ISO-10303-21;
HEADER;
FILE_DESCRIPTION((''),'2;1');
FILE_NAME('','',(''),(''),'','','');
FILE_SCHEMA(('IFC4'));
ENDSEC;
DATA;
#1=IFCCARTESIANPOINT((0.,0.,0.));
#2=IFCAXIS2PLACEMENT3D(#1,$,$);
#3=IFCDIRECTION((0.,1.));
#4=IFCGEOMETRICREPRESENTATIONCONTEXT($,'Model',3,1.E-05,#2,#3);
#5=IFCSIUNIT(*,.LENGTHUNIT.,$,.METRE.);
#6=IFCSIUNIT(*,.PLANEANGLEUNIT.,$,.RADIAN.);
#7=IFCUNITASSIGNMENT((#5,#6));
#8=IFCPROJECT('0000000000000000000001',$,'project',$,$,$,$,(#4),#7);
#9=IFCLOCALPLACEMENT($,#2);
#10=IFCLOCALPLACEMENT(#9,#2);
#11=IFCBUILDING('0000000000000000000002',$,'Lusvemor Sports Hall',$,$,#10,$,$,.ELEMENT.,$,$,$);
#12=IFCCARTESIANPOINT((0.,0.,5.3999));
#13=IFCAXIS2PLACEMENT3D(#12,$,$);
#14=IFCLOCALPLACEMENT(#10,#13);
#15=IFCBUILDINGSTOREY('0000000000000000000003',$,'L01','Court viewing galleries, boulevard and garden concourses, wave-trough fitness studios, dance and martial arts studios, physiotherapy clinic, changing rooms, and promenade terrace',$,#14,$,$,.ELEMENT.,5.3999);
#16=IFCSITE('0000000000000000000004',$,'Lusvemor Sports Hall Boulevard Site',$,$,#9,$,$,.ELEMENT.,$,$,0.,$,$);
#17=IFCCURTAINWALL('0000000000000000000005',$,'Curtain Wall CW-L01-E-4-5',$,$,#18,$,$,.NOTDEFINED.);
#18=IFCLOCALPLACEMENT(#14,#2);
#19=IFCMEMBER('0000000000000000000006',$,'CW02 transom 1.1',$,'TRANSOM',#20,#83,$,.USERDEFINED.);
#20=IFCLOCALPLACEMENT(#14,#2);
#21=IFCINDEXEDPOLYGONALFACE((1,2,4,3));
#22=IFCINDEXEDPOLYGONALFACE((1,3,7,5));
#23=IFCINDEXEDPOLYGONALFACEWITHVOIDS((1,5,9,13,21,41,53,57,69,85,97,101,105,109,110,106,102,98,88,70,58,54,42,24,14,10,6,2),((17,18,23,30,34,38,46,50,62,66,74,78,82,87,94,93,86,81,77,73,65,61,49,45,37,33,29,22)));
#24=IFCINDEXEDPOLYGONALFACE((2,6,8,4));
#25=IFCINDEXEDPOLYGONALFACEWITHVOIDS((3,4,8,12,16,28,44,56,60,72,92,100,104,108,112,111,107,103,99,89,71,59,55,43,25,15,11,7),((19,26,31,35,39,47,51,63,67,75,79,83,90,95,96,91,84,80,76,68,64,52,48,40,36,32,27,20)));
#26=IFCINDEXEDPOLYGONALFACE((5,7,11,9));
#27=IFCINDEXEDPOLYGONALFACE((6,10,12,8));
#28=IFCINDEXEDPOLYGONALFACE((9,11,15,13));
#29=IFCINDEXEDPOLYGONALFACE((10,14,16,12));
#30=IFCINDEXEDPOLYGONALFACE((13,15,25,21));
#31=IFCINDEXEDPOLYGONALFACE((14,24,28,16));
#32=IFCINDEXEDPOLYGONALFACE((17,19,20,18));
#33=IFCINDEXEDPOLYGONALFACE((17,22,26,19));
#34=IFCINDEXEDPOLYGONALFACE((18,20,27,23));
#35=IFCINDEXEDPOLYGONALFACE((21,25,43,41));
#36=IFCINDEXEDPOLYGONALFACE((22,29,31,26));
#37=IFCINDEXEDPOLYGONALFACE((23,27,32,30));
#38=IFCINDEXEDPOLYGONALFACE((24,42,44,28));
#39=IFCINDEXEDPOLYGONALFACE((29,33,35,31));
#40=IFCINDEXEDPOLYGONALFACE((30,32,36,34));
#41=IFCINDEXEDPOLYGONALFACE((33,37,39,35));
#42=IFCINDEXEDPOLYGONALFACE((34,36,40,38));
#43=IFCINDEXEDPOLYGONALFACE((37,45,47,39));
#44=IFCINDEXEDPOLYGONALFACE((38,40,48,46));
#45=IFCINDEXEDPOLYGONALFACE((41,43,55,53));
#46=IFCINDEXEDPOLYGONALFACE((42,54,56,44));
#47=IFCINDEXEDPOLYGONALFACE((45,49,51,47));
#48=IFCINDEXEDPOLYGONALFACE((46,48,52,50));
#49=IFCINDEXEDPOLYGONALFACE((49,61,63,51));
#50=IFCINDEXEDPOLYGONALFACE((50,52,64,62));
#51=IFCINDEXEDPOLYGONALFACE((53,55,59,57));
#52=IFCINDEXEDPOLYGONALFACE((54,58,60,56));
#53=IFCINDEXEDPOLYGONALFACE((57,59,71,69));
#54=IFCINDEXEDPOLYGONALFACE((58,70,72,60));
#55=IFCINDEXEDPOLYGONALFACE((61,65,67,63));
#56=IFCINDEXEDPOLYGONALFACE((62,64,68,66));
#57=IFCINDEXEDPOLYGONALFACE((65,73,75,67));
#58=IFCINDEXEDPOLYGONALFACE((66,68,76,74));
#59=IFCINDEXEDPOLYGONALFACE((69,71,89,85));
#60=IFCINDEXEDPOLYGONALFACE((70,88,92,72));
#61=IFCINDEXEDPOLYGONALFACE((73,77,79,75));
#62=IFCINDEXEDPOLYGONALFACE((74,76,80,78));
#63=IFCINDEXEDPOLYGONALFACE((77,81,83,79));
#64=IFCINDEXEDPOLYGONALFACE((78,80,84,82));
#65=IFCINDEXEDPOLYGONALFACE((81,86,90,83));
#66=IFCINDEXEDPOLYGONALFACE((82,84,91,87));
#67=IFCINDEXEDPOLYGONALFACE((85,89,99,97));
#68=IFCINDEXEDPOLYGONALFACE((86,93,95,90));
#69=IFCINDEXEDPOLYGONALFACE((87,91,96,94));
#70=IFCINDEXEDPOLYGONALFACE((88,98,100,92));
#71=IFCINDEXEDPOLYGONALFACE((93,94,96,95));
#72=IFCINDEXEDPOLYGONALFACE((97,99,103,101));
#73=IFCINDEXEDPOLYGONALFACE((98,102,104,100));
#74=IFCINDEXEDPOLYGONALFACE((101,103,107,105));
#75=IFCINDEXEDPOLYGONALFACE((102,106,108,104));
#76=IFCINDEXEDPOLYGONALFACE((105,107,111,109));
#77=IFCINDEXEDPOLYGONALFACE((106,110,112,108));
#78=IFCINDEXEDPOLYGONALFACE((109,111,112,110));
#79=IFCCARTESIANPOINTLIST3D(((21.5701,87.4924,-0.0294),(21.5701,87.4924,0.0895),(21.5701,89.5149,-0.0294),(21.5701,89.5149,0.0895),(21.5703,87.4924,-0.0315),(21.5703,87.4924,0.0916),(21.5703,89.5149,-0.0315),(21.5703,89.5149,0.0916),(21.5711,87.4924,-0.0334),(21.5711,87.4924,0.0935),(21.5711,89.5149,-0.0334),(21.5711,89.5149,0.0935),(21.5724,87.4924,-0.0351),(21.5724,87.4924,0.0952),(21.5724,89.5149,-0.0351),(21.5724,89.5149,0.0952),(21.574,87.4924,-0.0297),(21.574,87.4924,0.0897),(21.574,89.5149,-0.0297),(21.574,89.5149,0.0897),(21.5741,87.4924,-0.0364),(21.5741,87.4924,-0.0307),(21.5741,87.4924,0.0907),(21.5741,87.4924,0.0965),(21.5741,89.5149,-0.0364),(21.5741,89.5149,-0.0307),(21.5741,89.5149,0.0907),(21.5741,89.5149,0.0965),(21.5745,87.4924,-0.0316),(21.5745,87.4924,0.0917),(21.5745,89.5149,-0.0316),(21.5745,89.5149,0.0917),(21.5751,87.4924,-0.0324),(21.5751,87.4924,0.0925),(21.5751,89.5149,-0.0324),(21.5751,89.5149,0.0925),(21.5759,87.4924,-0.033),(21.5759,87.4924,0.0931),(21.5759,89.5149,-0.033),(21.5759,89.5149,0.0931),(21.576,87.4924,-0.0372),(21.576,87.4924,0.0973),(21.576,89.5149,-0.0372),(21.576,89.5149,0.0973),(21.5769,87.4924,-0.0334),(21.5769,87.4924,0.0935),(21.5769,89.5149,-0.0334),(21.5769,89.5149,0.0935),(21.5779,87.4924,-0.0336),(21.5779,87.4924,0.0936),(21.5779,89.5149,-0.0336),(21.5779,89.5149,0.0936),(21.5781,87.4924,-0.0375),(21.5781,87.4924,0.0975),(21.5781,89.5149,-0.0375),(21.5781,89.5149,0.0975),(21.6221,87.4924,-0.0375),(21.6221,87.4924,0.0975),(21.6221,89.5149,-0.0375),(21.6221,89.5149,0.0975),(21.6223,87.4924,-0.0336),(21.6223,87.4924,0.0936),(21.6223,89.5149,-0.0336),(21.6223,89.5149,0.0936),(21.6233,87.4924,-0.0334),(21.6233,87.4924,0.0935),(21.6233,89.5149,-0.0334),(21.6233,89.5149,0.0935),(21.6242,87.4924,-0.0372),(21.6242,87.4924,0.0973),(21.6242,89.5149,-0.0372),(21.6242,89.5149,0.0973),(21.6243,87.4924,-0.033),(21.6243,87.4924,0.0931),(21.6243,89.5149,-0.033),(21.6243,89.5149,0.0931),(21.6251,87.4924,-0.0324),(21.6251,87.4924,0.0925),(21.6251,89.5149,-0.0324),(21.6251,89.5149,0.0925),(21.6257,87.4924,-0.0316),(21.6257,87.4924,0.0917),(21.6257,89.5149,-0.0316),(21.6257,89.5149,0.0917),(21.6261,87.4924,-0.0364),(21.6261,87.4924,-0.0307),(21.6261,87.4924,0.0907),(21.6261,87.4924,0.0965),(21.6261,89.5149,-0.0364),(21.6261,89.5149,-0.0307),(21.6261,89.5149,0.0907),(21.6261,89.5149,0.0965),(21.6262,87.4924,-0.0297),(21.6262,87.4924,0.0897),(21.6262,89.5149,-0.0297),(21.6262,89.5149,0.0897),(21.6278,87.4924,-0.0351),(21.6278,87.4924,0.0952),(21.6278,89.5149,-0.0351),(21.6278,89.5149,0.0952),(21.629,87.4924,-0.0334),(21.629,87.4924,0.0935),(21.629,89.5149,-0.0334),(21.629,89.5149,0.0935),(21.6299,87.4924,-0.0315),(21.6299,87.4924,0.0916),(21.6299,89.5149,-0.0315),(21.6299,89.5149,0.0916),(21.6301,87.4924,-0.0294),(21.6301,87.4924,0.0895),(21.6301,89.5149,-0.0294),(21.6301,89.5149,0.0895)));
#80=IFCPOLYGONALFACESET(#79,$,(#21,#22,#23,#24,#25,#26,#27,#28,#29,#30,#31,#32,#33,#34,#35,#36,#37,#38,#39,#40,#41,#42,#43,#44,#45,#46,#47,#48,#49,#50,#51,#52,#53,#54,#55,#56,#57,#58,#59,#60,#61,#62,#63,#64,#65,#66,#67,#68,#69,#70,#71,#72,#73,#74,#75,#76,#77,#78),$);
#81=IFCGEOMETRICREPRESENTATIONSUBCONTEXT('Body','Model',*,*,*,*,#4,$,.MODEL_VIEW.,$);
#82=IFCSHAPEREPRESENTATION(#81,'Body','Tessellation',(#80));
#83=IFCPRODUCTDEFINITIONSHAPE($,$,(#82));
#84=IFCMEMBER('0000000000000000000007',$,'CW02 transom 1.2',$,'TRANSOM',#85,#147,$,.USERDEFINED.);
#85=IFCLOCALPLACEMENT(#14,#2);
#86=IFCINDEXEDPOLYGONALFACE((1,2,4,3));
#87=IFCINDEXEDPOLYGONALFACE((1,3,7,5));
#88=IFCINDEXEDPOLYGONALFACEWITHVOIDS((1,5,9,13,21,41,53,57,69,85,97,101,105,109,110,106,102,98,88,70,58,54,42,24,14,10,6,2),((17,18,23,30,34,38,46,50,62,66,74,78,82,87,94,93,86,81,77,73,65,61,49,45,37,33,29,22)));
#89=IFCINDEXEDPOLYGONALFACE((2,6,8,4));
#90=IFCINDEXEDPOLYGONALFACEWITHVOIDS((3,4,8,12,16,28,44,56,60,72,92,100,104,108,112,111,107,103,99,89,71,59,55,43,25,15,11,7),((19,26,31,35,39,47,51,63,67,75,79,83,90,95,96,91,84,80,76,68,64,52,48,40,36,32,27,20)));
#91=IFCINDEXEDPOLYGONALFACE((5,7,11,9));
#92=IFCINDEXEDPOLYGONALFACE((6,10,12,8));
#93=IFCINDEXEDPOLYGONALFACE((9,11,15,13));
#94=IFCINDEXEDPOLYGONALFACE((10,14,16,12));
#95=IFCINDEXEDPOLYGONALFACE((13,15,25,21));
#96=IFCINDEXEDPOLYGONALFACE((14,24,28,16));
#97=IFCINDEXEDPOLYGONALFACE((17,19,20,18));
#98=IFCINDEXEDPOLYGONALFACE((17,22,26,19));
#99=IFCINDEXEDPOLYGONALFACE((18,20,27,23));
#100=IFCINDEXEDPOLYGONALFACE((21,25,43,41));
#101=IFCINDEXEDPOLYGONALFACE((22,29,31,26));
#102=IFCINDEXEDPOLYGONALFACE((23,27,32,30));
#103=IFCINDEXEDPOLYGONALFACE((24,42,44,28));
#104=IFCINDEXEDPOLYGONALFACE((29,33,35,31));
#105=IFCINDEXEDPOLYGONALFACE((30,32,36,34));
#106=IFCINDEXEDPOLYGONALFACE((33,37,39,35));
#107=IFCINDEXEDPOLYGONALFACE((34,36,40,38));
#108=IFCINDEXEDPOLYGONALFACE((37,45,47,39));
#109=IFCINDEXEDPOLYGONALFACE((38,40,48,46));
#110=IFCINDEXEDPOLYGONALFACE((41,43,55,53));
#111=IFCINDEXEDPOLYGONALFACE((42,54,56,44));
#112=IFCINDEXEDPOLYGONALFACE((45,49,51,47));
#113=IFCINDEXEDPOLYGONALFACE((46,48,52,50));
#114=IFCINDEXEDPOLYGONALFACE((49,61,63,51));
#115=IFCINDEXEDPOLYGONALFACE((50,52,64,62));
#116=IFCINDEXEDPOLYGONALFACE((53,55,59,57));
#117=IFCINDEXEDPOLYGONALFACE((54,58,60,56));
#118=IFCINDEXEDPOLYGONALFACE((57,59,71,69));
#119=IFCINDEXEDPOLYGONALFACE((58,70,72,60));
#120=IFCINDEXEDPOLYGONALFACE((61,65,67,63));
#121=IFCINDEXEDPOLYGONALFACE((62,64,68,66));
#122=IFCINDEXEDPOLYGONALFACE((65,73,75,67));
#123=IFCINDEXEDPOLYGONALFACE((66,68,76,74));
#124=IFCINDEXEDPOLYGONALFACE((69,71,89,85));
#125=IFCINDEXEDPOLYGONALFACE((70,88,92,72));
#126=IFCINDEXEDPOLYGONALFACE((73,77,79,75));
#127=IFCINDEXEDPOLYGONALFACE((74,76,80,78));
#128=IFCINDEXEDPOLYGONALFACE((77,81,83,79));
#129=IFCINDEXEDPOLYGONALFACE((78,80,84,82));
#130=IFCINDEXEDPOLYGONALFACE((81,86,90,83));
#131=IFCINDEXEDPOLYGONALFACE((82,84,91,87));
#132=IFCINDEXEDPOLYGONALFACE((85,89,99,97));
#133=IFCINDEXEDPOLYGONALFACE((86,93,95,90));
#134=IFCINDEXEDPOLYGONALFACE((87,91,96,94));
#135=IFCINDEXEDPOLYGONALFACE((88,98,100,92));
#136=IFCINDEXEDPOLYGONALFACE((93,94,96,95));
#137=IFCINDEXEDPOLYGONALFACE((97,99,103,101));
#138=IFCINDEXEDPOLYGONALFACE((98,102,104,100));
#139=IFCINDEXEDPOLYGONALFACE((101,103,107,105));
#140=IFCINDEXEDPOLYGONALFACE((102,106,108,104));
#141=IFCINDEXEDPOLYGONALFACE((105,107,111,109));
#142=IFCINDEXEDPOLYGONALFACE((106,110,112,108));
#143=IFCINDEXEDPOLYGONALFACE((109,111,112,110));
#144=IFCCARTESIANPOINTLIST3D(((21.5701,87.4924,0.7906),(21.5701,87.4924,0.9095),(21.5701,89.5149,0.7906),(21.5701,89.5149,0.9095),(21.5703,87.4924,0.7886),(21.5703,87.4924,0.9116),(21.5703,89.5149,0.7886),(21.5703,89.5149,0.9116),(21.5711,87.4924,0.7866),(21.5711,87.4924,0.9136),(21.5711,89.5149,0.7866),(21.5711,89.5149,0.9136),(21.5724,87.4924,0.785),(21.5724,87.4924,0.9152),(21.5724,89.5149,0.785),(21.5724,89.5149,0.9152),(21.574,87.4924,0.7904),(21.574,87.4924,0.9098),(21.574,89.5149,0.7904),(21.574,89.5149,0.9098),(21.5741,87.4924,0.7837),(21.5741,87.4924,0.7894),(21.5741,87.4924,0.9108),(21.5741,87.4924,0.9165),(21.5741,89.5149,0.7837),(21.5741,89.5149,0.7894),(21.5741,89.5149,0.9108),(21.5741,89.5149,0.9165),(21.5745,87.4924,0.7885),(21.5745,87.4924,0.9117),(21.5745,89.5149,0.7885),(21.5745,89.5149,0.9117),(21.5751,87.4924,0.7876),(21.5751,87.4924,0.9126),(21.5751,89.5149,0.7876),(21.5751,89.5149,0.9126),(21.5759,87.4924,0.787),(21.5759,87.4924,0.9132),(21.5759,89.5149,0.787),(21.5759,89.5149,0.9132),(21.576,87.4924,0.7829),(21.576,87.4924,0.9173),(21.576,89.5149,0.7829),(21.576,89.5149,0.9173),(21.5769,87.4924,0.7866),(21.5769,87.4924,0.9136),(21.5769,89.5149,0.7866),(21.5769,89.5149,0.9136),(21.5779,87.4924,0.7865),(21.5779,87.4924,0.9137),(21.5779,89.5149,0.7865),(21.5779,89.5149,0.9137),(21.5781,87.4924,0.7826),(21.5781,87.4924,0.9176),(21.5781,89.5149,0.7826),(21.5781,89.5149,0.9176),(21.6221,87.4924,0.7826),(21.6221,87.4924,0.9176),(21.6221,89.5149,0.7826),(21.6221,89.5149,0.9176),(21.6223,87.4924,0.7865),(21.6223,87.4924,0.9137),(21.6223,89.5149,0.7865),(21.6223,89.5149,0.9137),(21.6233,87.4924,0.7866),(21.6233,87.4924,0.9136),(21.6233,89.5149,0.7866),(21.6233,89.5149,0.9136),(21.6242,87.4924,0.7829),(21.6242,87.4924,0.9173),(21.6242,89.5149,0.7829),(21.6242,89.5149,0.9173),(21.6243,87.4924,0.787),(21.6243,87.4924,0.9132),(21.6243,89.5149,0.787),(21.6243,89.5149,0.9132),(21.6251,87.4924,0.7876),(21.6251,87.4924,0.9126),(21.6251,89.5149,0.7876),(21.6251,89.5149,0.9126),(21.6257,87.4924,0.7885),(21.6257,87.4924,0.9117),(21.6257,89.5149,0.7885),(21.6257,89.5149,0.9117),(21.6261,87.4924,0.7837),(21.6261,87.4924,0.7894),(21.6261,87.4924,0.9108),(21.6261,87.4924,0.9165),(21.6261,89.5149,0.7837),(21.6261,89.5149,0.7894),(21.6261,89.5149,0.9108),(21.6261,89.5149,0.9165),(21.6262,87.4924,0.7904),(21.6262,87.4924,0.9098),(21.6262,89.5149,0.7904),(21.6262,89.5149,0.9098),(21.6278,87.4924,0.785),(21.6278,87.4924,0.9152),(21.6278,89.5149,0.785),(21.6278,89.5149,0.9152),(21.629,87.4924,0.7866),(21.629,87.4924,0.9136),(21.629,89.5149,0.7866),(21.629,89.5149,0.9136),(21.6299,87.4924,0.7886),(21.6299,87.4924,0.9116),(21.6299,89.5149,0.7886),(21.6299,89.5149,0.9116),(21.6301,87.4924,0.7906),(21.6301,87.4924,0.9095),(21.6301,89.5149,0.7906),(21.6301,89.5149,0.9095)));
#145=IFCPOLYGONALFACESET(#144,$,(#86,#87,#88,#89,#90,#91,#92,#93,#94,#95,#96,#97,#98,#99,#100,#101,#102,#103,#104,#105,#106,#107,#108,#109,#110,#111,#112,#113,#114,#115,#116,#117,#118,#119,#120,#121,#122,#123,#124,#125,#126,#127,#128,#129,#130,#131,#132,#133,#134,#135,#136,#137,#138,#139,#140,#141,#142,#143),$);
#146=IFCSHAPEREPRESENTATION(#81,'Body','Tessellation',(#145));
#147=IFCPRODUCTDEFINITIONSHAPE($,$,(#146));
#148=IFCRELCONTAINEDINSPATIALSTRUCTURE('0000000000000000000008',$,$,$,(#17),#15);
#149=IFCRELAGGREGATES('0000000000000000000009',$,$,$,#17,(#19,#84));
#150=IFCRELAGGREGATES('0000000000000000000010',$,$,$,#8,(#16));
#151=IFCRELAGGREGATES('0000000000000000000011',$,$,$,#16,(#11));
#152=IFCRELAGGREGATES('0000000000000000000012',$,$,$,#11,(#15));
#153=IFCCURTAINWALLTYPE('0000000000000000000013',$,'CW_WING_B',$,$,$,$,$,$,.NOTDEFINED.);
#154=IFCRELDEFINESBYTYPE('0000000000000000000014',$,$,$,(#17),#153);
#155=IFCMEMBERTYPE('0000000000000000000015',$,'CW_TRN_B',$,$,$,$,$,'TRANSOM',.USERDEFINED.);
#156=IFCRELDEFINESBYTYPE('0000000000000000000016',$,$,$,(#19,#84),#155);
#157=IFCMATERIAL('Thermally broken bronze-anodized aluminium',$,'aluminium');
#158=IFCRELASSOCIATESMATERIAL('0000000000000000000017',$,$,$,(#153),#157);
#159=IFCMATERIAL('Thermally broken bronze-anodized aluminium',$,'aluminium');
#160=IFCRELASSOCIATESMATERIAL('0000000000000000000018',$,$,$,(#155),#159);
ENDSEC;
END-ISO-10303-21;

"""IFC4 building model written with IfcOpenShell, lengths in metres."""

from ifc_helpers import new_model, si_unit, direction, frame, origin, origin_2d, place, context, subcontext, project, spatial, hollow_rectangle, extrude, material, material_profile, profile_set, type_object, element, aggregate, save


model = new_model("IFC4")

# Units and contexts
model_context = context("Model", 3, precision=1e-05, world=origin(), true_north=direction((0.0, 1.0)))
body_context = subcontext(model_context, "Body", "Model", "MODEL_VIEW")
ifc_project = project(units=[si_unit("LENGTHUNIT", "METRE"), si_unit("PLANEANGLEUNIT", "RADIAN")], contexts=[model_context])

# Site, building, storey
site_placement = place(None, origin())
site = spatial("IfcSite", under=ifc_project, at=site_placement, Name="Lusvemor Sports Hall Boulevard Site", CompositionType="ELEMENT", RefElevation=0.0)
building_placement = place(site_placement, origin())
building = spatial("IfcBuilding", under=site, at=building_placement, Name="Lusvemor Sports Hall", CompositionType="ELEMENT")
storey_placement = place(building_placement, frame((0.0, 0.0, 5.3999)))
storey = spatial("IfcBuildingStorey", under=building, at=storey_placement, Name="L01", Description="Court viewing galleries, boulevard and garden concourses, wave-trough fitness studios, dance and martial arts studios, physiotherapy clinic, changing rooms, and promenade terrace", CompositionType="ELEMENT", Elevation=5.3999)

# Curtain wall
ifc_material_1 = material(Name="Thermally broken bronze-anodized aluminium", Category="aluminium")
curtain_wall_type = type_object("IfcCurtainWallType", Name="CW_WING_B", PredefinedType="NOTDEFINED", material=ifc_material_1)
curtain_wall_1_placement = place(storey_placement, origin())
curtain_wall_1 = element("IfcCurtainWall", 1, at=curtain_wall_1_placement, inside=storey, type_object=curtain_wall_type, Name="Curtain Wall CW-L01-E-4-5", PredefinedType="NOTDEFINED")

# Members
ifc_material_2 = material(Name="Thermally broken bronze-anodized aluminium", Category="aluminium")
ifc_material_profile_1 = material_profile(ifc_material_2, hollow_rectangle(XDim=0.0601, YDim=0.135, WallThickness=0.0039, InnerFilletRadius=0.0039, OuterFilletRadius=0.0081, at=origin_2d()), Name="CWTRN135x60x4")
ifc_profile_set_1 = profile_set([ifc_material_profile_1], Name="Thermally broken bronze-anodized aluminium")
member_type_1 = type_object("IfcMemberType", Name="CW_TRN_B", ElementType="TRANSOM", PredefinedType="USERDEFINED", material=ifc_profile_set_1)
member_1_placement = place(storey_placement, frame((21.6001, 89.5149, 0.03), z_axis=(0.0, -1.0, 0.0), x_axis=(1.0, 0.0, 0.0)))
member_1 = element("IfcMember", 2, at=member_1_placement, type_object=member_type_1, Name="CW02 transom 1.1", ObjectType="TRANSOM", PredefinedType="USERDEFINED", context=body_context, shape_type="SweptSolid", body=[
    extrude(hollow_rectangle(XDim=0.0601, YDim=0.135, WallThickness=0.0039, InnerFilletRadius=0.0039, OuterFilletRadius=0.0081, at=origin_2d()), origin(), (0.0, 0.0, 1.0), 2.0225),
])
member_2_placement = place(storey_placement, frame((21.6001, 89.5149, 0.8501), z_axis=(0.0, -1.0, 0.0), x_axis=(1.0, 0.0, 0.0)))
member_2 = element("IfcMember", 3, at=member_2_placement, type_object=member_type_1, Name="CW02 transom 1.2", ObjectType="TRANSOM", PredefinedType="USERDEFINED", context=body_context, shape_type="SweptSolid", body=[
    extrude(hollow_rectangle(XDim=0.0601, YDim=0.135, WallThickness=0.0039, InnerFilletRadius=0.0039, OuterFilletRadius=0.0081, at=origin_2d()), origin(), (0.0, 0.0, 1.0), 2.0225),
])

aggregate(curtain_wall_1, [member_1, member_2])

save(model, "model.ifc")
